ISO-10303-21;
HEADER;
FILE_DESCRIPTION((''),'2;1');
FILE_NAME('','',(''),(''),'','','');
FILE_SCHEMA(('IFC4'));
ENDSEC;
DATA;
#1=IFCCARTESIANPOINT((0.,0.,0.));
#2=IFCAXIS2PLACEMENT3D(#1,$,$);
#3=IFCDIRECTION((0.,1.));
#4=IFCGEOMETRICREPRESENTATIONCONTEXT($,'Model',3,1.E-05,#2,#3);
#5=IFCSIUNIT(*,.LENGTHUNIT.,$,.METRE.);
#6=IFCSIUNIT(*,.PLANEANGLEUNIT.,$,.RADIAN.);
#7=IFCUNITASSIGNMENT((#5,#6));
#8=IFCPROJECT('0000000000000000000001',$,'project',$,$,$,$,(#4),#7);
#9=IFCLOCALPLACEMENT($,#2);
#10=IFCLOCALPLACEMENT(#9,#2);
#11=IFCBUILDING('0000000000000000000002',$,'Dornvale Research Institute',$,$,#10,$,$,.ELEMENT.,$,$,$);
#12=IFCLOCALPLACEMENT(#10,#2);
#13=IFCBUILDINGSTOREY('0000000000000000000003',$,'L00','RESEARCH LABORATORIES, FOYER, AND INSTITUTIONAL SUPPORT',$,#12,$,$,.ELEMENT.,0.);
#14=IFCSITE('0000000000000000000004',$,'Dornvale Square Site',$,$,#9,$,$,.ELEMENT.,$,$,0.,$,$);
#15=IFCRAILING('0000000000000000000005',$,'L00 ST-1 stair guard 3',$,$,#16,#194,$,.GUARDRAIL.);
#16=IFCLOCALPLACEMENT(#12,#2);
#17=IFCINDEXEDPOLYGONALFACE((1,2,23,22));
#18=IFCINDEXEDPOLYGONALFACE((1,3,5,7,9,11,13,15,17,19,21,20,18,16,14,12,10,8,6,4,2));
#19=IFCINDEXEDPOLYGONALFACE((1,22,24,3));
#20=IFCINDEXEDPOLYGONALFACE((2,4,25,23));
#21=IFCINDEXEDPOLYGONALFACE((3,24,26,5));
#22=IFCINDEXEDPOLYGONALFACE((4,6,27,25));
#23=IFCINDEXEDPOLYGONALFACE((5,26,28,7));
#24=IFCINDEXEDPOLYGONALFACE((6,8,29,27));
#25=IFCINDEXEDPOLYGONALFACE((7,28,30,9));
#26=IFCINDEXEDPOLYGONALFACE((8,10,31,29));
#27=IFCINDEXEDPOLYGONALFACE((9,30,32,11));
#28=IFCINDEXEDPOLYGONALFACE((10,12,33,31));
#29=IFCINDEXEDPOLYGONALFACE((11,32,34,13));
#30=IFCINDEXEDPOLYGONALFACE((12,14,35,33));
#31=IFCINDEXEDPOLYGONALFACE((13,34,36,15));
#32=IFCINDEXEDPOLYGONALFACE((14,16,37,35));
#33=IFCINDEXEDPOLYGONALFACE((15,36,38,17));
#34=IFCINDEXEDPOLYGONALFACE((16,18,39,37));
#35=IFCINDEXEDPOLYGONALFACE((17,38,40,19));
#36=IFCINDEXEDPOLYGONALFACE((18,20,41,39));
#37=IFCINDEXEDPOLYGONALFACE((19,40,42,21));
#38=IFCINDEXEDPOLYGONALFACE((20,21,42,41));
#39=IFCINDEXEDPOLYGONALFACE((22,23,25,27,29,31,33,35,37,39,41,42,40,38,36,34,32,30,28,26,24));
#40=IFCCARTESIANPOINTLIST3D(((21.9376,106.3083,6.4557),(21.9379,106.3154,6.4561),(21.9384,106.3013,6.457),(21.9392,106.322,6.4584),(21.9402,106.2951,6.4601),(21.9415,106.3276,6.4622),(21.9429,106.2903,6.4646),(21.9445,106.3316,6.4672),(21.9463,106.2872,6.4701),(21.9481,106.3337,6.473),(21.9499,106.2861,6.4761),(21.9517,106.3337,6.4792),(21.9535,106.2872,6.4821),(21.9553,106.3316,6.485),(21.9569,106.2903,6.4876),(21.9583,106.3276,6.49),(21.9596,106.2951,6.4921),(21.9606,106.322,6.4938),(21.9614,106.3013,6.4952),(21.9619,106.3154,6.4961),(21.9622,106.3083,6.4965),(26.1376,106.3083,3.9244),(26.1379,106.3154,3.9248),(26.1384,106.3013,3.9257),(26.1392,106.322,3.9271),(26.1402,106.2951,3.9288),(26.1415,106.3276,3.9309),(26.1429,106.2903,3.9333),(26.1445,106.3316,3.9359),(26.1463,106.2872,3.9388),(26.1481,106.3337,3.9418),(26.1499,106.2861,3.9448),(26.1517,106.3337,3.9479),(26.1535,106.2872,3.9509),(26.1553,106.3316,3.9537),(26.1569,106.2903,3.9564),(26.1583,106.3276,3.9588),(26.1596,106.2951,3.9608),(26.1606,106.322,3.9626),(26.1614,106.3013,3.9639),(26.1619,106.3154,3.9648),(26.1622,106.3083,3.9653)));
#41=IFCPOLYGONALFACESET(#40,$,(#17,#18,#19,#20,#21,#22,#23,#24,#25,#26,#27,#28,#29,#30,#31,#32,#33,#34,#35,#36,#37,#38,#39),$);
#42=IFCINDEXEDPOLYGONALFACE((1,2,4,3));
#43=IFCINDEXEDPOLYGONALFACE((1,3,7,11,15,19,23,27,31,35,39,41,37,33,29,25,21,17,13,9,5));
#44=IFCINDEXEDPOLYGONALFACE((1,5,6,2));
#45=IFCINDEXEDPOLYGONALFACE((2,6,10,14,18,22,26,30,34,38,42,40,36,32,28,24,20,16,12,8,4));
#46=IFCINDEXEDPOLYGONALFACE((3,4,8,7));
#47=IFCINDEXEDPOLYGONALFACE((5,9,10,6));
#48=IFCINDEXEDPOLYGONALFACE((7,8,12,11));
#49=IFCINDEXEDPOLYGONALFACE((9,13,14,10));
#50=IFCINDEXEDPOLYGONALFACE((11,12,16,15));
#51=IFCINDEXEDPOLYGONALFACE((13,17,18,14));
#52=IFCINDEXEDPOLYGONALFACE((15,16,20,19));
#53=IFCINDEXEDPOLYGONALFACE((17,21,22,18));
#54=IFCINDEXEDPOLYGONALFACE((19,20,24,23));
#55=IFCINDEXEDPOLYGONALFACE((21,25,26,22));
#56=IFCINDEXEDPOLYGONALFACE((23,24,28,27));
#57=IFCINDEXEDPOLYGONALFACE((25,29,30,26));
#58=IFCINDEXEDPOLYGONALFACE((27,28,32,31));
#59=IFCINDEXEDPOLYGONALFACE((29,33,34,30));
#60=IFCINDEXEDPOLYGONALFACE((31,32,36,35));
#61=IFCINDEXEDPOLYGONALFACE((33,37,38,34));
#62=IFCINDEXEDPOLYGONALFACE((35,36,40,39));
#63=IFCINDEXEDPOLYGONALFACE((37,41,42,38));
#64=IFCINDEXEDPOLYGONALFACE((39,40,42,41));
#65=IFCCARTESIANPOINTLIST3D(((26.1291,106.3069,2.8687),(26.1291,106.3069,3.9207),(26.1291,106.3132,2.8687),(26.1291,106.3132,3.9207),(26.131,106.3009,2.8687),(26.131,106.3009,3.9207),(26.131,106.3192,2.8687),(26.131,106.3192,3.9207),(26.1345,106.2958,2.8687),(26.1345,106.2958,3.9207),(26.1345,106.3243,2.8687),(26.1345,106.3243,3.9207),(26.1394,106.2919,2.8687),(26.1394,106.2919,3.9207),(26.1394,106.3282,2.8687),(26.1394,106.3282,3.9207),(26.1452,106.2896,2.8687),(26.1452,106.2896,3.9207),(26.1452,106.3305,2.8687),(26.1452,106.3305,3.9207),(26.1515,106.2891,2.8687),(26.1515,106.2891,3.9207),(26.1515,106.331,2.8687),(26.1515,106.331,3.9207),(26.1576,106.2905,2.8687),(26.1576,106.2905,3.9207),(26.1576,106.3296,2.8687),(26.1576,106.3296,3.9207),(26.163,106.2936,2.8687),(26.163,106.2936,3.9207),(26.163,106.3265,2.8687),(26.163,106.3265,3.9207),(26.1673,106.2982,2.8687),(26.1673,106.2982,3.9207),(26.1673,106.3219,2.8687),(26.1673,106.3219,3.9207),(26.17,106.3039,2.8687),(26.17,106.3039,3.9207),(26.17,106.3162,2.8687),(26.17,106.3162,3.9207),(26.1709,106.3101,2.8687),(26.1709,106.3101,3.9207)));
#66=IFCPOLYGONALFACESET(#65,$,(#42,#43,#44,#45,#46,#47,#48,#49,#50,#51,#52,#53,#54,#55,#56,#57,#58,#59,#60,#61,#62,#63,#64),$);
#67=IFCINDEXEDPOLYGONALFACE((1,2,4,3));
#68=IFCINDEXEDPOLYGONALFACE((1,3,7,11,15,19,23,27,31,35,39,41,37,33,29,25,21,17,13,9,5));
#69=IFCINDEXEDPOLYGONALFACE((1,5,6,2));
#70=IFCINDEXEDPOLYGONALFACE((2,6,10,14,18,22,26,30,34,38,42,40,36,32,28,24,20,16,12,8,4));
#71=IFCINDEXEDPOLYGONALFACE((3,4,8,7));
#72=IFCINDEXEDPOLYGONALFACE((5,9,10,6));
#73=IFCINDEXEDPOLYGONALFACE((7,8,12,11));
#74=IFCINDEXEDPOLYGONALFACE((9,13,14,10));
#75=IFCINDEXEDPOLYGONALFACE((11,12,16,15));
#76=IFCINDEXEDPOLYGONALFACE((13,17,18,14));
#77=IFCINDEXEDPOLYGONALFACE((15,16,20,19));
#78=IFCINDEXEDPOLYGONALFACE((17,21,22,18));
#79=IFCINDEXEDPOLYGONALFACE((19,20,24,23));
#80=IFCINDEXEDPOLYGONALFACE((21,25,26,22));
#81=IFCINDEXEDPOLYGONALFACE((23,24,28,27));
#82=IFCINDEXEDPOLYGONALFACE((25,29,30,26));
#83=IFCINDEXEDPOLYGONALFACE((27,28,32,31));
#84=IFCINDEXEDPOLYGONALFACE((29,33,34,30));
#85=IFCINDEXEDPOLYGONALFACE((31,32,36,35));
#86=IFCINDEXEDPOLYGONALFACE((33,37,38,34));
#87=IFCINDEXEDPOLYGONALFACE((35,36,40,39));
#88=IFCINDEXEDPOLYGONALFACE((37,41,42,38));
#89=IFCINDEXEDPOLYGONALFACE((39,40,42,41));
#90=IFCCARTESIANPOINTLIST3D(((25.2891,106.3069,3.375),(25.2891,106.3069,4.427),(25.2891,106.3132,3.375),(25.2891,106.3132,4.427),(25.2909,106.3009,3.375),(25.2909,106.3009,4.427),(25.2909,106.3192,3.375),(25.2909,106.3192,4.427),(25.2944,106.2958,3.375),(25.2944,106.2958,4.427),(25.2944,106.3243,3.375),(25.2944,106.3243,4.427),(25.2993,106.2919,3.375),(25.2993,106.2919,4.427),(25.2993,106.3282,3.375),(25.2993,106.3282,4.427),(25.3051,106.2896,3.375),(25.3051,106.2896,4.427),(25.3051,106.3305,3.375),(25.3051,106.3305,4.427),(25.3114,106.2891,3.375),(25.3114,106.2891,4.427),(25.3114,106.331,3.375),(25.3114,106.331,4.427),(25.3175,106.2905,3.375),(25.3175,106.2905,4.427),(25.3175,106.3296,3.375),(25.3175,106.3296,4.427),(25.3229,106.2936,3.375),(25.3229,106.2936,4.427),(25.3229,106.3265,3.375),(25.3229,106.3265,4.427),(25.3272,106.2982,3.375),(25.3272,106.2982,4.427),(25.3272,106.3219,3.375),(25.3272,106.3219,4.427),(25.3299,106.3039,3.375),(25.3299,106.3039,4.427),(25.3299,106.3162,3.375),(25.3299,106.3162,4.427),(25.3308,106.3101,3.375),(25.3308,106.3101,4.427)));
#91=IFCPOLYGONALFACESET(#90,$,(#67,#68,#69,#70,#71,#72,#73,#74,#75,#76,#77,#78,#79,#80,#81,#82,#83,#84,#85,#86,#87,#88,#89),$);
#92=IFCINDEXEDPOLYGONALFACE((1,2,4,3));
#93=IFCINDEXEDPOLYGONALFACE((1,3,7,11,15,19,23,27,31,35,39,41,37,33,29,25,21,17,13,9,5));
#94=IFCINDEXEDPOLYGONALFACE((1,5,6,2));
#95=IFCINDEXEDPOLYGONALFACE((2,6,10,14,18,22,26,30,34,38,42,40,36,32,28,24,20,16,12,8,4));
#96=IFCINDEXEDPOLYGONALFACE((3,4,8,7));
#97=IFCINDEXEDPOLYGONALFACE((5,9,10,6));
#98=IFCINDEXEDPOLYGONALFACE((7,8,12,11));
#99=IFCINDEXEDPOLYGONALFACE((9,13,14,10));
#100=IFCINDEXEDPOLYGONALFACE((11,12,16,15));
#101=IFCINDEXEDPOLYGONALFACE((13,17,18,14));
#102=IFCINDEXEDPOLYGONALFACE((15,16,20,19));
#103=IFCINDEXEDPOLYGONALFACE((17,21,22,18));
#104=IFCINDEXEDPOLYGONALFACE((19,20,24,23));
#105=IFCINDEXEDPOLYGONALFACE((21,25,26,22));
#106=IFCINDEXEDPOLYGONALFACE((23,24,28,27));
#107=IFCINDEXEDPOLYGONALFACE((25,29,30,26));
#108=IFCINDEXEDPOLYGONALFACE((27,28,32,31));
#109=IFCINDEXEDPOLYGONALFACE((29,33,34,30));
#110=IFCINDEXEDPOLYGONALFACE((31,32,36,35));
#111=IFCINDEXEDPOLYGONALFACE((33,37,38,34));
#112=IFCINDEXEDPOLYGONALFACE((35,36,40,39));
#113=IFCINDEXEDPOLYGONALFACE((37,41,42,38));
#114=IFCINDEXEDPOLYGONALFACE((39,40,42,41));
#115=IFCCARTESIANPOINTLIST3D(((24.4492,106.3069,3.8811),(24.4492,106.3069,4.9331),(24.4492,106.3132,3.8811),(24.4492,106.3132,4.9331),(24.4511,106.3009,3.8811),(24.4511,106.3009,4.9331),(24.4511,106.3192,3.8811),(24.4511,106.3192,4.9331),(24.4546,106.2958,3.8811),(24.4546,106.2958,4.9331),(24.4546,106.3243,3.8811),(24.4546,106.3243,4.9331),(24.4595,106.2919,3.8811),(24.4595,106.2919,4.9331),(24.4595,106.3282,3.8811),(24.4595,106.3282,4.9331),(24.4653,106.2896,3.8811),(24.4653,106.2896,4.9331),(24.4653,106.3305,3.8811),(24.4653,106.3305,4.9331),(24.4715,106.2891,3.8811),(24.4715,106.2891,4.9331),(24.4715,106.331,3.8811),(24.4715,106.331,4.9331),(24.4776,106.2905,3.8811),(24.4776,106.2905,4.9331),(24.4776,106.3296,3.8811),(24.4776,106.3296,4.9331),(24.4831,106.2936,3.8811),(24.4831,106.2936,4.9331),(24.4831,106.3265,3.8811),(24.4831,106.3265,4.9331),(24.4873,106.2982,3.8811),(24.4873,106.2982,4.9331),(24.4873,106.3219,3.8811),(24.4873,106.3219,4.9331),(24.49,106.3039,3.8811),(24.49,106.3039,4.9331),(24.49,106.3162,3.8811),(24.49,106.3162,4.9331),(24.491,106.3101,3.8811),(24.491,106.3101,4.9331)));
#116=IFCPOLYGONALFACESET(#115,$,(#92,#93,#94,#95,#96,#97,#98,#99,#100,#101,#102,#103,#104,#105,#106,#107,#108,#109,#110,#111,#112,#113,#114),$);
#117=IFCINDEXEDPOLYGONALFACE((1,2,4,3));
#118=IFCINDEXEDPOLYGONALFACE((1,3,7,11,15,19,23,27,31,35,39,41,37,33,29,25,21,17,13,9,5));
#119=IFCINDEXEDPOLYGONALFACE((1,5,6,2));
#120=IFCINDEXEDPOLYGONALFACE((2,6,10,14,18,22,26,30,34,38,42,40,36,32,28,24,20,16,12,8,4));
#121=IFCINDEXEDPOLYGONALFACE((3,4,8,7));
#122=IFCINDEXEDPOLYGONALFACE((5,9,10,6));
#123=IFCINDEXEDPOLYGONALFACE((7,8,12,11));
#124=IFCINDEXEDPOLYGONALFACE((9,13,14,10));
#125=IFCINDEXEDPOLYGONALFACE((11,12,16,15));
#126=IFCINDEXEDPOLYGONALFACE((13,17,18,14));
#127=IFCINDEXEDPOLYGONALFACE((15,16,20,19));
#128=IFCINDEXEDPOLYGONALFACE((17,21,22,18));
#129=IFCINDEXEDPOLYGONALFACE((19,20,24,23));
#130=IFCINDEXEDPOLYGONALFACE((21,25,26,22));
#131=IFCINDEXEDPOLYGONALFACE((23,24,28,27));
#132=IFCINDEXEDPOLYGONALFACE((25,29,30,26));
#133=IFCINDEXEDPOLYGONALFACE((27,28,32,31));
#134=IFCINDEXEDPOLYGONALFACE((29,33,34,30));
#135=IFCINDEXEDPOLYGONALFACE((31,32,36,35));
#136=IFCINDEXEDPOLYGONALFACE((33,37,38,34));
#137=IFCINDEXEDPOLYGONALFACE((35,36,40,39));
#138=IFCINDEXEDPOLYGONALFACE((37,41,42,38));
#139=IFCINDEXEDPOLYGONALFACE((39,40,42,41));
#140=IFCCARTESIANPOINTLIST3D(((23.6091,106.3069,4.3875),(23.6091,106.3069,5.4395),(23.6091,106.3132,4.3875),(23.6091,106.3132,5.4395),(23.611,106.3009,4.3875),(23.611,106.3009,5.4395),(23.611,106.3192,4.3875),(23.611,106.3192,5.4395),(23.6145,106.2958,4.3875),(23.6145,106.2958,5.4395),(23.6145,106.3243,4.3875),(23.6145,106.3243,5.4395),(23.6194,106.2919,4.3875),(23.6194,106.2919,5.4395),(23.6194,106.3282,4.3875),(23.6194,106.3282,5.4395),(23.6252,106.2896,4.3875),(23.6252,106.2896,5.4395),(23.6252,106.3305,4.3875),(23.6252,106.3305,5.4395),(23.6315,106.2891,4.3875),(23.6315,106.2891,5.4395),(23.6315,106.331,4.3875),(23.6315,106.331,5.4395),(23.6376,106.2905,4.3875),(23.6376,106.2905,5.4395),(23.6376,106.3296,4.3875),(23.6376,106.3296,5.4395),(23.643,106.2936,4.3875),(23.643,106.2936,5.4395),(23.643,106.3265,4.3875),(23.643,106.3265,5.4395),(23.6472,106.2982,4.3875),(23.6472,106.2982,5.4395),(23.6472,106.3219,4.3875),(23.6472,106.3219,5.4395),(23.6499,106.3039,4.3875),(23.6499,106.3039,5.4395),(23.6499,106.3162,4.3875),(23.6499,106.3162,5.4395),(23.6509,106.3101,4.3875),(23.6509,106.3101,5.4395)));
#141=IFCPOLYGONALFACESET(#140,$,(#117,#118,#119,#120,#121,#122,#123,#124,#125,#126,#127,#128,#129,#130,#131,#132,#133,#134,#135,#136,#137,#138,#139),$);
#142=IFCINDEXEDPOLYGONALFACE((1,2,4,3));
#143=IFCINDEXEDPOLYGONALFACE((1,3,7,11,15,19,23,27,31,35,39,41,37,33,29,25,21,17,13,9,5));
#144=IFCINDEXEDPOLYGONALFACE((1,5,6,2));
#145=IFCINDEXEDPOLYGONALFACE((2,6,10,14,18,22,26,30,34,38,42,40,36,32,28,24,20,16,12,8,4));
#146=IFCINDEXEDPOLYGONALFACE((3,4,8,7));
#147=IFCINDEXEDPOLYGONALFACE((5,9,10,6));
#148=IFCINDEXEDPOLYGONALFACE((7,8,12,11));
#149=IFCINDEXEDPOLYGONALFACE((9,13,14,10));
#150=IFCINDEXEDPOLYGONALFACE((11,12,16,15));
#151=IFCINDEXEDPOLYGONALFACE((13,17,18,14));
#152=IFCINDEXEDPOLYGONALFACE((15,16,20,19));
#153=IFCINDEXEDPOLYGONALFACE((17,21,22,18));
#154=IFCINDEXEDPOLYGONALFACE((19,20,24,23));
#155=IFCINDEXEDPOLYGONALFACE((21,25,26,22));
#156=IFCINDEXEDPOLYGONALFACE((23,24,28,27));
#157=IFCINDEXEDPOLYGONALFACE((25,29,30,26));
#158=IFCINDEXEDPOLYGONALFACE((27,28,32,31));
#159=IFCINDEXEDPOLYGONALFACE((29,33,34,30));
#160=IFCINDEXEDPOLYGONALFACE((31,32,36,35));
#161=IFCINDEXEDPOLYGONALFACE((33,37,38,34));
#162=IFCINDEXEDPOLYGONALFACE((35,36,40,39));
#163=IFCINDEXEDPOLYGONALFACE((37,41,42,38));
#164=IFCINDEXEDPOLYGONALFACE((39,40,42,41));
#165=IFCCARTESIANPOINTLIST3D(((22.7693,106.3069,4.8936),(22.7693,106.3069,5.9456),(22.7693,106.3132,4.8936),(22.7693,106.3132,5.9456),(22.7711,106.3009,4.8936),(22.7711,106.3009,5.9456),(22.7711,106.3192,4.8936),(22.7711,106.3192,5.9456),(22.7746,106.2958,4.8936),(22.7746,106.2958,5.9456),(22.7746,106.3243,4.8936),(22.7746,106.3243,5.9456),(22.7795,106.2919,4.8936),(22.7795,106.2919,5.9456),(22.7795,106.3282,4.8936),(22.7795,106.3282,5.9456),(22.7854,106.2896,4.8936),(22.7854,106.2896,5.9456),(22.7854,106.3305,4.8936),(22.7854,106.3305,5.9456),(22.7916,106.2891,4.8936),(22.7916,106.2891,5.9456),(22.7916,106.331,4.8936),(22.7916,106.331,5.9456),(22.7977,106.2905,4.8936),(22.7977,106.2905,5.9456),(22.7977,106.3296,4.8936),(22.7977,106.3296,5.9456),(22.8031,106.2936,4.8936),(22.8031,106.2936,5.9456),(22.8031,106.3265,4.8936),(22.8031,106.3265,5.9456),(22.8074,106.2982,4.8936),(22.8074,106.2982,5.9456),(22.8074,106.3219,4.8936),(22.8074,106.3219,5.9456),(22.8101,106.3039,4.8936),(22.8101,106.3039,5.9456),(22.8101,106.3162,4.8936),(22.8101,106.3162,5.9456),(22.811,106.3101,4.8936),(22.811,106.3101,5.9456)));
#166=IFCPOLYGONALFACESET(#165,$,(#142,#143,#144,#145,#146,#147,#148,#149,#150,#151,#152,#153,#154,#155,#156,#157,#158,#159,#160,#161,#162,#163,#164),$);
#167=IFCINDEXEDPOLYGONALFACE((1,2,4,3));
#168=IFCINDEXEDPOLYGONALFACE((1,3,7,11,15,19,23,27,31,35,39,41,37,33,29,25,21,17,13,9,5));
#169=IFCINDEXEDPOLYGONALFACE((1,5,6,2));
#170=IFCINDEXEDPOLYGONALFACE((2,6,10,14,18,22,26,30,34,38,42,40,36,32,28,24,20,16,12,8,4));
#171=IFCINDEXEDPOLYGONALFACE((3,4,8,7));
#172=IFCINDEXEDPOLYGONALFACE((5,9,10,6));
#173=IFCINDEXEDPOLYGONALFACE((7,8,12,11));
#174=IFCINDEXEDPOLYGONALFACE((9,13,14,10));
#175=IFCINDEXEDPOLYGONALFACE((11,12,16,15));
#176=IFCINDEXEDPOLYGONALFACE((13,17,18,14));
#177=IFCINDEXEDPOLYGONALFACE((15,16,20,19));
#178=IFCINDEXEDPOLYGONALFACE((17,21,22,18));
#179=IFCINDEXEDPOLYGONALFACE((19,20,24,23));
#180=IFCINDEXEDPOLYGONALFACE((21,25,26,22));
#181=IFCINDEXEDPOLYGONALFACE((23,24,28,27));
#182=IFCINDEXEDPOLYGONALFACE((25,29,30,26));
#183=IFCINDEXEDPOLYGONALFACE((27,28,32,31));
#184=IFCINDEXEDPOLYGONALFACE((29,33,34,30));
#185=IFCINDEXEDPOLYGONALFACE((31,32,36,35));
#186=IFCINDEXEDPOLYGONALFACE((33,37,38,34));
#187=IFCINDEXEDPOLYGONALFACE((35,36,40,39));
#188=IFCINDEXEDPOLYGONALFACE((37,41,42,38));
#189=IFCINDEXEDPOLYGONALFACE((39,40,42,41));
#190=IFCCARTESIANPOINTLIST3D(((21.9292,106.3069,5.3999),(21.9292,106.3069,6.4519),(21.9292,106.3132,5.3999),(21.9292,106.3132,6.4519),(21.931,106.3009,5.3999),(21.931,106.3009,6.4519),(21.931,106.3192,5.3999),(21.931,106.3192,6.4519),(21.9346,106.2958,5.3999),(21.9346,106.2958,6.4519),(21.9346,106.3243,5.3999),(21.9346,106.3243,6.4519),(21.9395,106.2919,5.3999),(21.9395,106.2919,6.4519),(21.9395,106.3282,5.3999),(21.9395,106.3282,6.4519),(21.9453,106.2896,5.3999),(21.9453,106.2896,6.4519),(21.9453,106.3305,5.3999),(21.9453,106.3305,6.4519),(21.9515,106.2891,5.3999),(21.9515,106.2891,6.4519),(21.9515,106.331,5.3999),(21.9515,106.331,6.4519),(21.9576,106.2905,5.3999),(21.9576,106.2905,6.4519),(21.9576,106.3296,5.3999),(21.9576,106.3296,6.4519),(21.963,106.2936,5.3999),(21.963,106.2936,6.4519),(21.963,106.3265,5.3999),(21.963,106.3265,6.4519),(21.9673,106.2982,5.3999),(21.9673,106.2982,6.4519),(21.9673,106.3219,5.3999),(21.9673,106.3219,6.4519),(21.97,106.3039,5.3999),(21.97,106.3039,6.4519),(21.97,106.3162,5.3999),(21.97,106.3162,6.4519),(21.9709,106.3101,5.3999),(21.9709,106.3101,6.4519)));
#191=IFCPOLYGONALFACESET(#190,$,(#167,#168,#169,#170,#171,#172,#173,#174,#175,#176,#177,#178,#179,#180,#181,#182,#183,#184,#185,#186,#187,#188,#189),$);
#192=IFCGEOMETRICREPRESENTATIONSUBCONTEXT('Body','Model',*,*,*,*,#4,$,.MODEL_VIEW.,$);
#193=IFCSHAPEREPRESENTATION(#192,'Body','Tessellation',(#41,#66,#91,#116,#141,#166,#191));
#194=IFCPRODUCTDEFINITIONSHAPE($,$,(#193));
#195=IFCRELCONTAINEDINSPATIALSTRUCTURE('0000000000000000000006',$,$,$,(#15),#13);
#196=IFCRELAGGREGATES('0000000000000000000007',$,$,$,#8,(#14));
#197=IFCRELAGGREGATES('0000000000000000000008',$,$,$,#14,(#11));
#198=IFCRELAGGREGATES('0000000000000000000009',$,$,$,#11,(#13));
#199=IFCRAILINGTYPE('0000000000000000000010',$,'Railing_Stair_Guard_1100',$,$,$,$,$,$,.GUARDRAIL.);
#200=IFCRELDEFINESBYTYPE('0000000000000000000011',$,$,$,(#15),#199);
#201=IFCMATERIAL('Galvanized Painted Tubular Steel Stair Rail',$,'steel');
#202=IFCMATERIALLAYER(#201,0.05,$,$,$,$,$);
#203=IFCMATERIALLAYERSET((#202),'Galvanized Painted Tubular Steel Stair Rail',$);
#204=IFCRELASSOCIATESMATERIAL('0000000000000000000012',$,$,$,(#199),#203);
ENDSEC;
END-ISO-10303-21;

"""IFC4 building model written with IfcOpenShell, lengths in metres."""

from ifc_helpers import new_model, si_unit, direction, frame, origin, origin_2d, place, context, subcontext, project, spatial, circle, extrude, material, layer, layer_set, type_object, element, save


model = new_model("IFC4")

# Units and contexts
model_context = context("Model", 3, precision=1e-05, world=origin(), true_north=direction((0.0, 1.0)))
body_context = subcontext(model_context, "Body", "Model", "MODEL_VIEW")
ifc_project = project(units=[si_unit("LENGTHUNIT", "METRE"), si_unit("PLANEANGLEUNIT", "RADIAN")], contexts=[model_context])

# Site, building, storey
site_placement = place(None, origin())
site = spatial("IfcSite", under=ifc_project, at=site_placement, Name="Dornvale Square Site", CompositionType="ELEMENT", RefElevation=0.0)
building_placement = place(site_placement, origin())
building = spatial("IfcBuilding", under=site, at=building_placement, Name="Dornvale Research Institute", CompositionType="ELEMENT")
storey_placement = place(building_placement, origin())
storey = spatial("IfcBuildingStorey", under=building, at=storey_placement, Name="L00", Description="RESEARCH LABORATORIES, FOYER, AND INSTITUTIONAL SUPPORT", CompositionType="ELEMENT", Elevation=0.0)

# Railing
ifc_material_1 = material(Name="Galvanized Painted Tubular Steel Stair Rail", Category="steel")
ifc_layer_1 = layer(ifc_material_1, 0.05)
ifc_layer_set_1 = layer_set([ifc_layer_1], Name="Galvanized Painted Tubular Steel Stair Rail")
railing_type_1 = type_object("IfcRailingType", Name="Railing_Stair_Guard_1100", PredefinedType="GUARDRAIL", material=ifc_layer_set_1)
railing_1_placement = place(storey_placement, frame((26.1499, 106.3101, 2.8687)))
element("IfcRailing", 1, at=railing_1_placement, inside=storey, type_object=railing_type_1, Name="L00 ST-1 stair guard 3", PredefinedType="GUARDRAIL", context=body_context, shape_type="SweptSolid", body=[
    extrude(circle(Radius=0.0239, at=origin_2d()), frame((0.0, 0.0, 1.0762), z_axis=(-0.856476, 0.0, 0.516186), x_axis=(0.0, -1.0, 0.0)), (0.0, 0.0, 1.0), 4.9038),
    extrude(circle(Radius=0.021, at=origin_2d()), origin(), (0.0, 0.0, 1.0), 1.052),
    extrude(circle(Radius=0.021, at=origin_2d()), frame((-0.8401, 0.0, 0.5063)), (0.0, 0.0, 1.0), 1.052),
    extrude(circle(Radius=0.021, at=origin_2d()), frame((-1.6799, 0.0, 1.0125)), (0.0, 0.0, 1.0), 1.052),
    extrude(circle(Radius=0.021, at=origin_2d()), frame((-2.52, 0.0, 1.5188)), (0.0, 0.0, 1.0), 1.052),
    extrude(circle(Radius=0.021, at=origin_2d()), frame((-3.3599, 0.0, 2.0249)), (0.0, 0.0, 1.0), 1.052),
    extrude(circle(Radius=0.021, at=origin_2d()), frame((-4.2, 0.0, 2.5312)), (0.0, 0.0, 1.0), 1.052),
])

save(model, "model.ifc")
